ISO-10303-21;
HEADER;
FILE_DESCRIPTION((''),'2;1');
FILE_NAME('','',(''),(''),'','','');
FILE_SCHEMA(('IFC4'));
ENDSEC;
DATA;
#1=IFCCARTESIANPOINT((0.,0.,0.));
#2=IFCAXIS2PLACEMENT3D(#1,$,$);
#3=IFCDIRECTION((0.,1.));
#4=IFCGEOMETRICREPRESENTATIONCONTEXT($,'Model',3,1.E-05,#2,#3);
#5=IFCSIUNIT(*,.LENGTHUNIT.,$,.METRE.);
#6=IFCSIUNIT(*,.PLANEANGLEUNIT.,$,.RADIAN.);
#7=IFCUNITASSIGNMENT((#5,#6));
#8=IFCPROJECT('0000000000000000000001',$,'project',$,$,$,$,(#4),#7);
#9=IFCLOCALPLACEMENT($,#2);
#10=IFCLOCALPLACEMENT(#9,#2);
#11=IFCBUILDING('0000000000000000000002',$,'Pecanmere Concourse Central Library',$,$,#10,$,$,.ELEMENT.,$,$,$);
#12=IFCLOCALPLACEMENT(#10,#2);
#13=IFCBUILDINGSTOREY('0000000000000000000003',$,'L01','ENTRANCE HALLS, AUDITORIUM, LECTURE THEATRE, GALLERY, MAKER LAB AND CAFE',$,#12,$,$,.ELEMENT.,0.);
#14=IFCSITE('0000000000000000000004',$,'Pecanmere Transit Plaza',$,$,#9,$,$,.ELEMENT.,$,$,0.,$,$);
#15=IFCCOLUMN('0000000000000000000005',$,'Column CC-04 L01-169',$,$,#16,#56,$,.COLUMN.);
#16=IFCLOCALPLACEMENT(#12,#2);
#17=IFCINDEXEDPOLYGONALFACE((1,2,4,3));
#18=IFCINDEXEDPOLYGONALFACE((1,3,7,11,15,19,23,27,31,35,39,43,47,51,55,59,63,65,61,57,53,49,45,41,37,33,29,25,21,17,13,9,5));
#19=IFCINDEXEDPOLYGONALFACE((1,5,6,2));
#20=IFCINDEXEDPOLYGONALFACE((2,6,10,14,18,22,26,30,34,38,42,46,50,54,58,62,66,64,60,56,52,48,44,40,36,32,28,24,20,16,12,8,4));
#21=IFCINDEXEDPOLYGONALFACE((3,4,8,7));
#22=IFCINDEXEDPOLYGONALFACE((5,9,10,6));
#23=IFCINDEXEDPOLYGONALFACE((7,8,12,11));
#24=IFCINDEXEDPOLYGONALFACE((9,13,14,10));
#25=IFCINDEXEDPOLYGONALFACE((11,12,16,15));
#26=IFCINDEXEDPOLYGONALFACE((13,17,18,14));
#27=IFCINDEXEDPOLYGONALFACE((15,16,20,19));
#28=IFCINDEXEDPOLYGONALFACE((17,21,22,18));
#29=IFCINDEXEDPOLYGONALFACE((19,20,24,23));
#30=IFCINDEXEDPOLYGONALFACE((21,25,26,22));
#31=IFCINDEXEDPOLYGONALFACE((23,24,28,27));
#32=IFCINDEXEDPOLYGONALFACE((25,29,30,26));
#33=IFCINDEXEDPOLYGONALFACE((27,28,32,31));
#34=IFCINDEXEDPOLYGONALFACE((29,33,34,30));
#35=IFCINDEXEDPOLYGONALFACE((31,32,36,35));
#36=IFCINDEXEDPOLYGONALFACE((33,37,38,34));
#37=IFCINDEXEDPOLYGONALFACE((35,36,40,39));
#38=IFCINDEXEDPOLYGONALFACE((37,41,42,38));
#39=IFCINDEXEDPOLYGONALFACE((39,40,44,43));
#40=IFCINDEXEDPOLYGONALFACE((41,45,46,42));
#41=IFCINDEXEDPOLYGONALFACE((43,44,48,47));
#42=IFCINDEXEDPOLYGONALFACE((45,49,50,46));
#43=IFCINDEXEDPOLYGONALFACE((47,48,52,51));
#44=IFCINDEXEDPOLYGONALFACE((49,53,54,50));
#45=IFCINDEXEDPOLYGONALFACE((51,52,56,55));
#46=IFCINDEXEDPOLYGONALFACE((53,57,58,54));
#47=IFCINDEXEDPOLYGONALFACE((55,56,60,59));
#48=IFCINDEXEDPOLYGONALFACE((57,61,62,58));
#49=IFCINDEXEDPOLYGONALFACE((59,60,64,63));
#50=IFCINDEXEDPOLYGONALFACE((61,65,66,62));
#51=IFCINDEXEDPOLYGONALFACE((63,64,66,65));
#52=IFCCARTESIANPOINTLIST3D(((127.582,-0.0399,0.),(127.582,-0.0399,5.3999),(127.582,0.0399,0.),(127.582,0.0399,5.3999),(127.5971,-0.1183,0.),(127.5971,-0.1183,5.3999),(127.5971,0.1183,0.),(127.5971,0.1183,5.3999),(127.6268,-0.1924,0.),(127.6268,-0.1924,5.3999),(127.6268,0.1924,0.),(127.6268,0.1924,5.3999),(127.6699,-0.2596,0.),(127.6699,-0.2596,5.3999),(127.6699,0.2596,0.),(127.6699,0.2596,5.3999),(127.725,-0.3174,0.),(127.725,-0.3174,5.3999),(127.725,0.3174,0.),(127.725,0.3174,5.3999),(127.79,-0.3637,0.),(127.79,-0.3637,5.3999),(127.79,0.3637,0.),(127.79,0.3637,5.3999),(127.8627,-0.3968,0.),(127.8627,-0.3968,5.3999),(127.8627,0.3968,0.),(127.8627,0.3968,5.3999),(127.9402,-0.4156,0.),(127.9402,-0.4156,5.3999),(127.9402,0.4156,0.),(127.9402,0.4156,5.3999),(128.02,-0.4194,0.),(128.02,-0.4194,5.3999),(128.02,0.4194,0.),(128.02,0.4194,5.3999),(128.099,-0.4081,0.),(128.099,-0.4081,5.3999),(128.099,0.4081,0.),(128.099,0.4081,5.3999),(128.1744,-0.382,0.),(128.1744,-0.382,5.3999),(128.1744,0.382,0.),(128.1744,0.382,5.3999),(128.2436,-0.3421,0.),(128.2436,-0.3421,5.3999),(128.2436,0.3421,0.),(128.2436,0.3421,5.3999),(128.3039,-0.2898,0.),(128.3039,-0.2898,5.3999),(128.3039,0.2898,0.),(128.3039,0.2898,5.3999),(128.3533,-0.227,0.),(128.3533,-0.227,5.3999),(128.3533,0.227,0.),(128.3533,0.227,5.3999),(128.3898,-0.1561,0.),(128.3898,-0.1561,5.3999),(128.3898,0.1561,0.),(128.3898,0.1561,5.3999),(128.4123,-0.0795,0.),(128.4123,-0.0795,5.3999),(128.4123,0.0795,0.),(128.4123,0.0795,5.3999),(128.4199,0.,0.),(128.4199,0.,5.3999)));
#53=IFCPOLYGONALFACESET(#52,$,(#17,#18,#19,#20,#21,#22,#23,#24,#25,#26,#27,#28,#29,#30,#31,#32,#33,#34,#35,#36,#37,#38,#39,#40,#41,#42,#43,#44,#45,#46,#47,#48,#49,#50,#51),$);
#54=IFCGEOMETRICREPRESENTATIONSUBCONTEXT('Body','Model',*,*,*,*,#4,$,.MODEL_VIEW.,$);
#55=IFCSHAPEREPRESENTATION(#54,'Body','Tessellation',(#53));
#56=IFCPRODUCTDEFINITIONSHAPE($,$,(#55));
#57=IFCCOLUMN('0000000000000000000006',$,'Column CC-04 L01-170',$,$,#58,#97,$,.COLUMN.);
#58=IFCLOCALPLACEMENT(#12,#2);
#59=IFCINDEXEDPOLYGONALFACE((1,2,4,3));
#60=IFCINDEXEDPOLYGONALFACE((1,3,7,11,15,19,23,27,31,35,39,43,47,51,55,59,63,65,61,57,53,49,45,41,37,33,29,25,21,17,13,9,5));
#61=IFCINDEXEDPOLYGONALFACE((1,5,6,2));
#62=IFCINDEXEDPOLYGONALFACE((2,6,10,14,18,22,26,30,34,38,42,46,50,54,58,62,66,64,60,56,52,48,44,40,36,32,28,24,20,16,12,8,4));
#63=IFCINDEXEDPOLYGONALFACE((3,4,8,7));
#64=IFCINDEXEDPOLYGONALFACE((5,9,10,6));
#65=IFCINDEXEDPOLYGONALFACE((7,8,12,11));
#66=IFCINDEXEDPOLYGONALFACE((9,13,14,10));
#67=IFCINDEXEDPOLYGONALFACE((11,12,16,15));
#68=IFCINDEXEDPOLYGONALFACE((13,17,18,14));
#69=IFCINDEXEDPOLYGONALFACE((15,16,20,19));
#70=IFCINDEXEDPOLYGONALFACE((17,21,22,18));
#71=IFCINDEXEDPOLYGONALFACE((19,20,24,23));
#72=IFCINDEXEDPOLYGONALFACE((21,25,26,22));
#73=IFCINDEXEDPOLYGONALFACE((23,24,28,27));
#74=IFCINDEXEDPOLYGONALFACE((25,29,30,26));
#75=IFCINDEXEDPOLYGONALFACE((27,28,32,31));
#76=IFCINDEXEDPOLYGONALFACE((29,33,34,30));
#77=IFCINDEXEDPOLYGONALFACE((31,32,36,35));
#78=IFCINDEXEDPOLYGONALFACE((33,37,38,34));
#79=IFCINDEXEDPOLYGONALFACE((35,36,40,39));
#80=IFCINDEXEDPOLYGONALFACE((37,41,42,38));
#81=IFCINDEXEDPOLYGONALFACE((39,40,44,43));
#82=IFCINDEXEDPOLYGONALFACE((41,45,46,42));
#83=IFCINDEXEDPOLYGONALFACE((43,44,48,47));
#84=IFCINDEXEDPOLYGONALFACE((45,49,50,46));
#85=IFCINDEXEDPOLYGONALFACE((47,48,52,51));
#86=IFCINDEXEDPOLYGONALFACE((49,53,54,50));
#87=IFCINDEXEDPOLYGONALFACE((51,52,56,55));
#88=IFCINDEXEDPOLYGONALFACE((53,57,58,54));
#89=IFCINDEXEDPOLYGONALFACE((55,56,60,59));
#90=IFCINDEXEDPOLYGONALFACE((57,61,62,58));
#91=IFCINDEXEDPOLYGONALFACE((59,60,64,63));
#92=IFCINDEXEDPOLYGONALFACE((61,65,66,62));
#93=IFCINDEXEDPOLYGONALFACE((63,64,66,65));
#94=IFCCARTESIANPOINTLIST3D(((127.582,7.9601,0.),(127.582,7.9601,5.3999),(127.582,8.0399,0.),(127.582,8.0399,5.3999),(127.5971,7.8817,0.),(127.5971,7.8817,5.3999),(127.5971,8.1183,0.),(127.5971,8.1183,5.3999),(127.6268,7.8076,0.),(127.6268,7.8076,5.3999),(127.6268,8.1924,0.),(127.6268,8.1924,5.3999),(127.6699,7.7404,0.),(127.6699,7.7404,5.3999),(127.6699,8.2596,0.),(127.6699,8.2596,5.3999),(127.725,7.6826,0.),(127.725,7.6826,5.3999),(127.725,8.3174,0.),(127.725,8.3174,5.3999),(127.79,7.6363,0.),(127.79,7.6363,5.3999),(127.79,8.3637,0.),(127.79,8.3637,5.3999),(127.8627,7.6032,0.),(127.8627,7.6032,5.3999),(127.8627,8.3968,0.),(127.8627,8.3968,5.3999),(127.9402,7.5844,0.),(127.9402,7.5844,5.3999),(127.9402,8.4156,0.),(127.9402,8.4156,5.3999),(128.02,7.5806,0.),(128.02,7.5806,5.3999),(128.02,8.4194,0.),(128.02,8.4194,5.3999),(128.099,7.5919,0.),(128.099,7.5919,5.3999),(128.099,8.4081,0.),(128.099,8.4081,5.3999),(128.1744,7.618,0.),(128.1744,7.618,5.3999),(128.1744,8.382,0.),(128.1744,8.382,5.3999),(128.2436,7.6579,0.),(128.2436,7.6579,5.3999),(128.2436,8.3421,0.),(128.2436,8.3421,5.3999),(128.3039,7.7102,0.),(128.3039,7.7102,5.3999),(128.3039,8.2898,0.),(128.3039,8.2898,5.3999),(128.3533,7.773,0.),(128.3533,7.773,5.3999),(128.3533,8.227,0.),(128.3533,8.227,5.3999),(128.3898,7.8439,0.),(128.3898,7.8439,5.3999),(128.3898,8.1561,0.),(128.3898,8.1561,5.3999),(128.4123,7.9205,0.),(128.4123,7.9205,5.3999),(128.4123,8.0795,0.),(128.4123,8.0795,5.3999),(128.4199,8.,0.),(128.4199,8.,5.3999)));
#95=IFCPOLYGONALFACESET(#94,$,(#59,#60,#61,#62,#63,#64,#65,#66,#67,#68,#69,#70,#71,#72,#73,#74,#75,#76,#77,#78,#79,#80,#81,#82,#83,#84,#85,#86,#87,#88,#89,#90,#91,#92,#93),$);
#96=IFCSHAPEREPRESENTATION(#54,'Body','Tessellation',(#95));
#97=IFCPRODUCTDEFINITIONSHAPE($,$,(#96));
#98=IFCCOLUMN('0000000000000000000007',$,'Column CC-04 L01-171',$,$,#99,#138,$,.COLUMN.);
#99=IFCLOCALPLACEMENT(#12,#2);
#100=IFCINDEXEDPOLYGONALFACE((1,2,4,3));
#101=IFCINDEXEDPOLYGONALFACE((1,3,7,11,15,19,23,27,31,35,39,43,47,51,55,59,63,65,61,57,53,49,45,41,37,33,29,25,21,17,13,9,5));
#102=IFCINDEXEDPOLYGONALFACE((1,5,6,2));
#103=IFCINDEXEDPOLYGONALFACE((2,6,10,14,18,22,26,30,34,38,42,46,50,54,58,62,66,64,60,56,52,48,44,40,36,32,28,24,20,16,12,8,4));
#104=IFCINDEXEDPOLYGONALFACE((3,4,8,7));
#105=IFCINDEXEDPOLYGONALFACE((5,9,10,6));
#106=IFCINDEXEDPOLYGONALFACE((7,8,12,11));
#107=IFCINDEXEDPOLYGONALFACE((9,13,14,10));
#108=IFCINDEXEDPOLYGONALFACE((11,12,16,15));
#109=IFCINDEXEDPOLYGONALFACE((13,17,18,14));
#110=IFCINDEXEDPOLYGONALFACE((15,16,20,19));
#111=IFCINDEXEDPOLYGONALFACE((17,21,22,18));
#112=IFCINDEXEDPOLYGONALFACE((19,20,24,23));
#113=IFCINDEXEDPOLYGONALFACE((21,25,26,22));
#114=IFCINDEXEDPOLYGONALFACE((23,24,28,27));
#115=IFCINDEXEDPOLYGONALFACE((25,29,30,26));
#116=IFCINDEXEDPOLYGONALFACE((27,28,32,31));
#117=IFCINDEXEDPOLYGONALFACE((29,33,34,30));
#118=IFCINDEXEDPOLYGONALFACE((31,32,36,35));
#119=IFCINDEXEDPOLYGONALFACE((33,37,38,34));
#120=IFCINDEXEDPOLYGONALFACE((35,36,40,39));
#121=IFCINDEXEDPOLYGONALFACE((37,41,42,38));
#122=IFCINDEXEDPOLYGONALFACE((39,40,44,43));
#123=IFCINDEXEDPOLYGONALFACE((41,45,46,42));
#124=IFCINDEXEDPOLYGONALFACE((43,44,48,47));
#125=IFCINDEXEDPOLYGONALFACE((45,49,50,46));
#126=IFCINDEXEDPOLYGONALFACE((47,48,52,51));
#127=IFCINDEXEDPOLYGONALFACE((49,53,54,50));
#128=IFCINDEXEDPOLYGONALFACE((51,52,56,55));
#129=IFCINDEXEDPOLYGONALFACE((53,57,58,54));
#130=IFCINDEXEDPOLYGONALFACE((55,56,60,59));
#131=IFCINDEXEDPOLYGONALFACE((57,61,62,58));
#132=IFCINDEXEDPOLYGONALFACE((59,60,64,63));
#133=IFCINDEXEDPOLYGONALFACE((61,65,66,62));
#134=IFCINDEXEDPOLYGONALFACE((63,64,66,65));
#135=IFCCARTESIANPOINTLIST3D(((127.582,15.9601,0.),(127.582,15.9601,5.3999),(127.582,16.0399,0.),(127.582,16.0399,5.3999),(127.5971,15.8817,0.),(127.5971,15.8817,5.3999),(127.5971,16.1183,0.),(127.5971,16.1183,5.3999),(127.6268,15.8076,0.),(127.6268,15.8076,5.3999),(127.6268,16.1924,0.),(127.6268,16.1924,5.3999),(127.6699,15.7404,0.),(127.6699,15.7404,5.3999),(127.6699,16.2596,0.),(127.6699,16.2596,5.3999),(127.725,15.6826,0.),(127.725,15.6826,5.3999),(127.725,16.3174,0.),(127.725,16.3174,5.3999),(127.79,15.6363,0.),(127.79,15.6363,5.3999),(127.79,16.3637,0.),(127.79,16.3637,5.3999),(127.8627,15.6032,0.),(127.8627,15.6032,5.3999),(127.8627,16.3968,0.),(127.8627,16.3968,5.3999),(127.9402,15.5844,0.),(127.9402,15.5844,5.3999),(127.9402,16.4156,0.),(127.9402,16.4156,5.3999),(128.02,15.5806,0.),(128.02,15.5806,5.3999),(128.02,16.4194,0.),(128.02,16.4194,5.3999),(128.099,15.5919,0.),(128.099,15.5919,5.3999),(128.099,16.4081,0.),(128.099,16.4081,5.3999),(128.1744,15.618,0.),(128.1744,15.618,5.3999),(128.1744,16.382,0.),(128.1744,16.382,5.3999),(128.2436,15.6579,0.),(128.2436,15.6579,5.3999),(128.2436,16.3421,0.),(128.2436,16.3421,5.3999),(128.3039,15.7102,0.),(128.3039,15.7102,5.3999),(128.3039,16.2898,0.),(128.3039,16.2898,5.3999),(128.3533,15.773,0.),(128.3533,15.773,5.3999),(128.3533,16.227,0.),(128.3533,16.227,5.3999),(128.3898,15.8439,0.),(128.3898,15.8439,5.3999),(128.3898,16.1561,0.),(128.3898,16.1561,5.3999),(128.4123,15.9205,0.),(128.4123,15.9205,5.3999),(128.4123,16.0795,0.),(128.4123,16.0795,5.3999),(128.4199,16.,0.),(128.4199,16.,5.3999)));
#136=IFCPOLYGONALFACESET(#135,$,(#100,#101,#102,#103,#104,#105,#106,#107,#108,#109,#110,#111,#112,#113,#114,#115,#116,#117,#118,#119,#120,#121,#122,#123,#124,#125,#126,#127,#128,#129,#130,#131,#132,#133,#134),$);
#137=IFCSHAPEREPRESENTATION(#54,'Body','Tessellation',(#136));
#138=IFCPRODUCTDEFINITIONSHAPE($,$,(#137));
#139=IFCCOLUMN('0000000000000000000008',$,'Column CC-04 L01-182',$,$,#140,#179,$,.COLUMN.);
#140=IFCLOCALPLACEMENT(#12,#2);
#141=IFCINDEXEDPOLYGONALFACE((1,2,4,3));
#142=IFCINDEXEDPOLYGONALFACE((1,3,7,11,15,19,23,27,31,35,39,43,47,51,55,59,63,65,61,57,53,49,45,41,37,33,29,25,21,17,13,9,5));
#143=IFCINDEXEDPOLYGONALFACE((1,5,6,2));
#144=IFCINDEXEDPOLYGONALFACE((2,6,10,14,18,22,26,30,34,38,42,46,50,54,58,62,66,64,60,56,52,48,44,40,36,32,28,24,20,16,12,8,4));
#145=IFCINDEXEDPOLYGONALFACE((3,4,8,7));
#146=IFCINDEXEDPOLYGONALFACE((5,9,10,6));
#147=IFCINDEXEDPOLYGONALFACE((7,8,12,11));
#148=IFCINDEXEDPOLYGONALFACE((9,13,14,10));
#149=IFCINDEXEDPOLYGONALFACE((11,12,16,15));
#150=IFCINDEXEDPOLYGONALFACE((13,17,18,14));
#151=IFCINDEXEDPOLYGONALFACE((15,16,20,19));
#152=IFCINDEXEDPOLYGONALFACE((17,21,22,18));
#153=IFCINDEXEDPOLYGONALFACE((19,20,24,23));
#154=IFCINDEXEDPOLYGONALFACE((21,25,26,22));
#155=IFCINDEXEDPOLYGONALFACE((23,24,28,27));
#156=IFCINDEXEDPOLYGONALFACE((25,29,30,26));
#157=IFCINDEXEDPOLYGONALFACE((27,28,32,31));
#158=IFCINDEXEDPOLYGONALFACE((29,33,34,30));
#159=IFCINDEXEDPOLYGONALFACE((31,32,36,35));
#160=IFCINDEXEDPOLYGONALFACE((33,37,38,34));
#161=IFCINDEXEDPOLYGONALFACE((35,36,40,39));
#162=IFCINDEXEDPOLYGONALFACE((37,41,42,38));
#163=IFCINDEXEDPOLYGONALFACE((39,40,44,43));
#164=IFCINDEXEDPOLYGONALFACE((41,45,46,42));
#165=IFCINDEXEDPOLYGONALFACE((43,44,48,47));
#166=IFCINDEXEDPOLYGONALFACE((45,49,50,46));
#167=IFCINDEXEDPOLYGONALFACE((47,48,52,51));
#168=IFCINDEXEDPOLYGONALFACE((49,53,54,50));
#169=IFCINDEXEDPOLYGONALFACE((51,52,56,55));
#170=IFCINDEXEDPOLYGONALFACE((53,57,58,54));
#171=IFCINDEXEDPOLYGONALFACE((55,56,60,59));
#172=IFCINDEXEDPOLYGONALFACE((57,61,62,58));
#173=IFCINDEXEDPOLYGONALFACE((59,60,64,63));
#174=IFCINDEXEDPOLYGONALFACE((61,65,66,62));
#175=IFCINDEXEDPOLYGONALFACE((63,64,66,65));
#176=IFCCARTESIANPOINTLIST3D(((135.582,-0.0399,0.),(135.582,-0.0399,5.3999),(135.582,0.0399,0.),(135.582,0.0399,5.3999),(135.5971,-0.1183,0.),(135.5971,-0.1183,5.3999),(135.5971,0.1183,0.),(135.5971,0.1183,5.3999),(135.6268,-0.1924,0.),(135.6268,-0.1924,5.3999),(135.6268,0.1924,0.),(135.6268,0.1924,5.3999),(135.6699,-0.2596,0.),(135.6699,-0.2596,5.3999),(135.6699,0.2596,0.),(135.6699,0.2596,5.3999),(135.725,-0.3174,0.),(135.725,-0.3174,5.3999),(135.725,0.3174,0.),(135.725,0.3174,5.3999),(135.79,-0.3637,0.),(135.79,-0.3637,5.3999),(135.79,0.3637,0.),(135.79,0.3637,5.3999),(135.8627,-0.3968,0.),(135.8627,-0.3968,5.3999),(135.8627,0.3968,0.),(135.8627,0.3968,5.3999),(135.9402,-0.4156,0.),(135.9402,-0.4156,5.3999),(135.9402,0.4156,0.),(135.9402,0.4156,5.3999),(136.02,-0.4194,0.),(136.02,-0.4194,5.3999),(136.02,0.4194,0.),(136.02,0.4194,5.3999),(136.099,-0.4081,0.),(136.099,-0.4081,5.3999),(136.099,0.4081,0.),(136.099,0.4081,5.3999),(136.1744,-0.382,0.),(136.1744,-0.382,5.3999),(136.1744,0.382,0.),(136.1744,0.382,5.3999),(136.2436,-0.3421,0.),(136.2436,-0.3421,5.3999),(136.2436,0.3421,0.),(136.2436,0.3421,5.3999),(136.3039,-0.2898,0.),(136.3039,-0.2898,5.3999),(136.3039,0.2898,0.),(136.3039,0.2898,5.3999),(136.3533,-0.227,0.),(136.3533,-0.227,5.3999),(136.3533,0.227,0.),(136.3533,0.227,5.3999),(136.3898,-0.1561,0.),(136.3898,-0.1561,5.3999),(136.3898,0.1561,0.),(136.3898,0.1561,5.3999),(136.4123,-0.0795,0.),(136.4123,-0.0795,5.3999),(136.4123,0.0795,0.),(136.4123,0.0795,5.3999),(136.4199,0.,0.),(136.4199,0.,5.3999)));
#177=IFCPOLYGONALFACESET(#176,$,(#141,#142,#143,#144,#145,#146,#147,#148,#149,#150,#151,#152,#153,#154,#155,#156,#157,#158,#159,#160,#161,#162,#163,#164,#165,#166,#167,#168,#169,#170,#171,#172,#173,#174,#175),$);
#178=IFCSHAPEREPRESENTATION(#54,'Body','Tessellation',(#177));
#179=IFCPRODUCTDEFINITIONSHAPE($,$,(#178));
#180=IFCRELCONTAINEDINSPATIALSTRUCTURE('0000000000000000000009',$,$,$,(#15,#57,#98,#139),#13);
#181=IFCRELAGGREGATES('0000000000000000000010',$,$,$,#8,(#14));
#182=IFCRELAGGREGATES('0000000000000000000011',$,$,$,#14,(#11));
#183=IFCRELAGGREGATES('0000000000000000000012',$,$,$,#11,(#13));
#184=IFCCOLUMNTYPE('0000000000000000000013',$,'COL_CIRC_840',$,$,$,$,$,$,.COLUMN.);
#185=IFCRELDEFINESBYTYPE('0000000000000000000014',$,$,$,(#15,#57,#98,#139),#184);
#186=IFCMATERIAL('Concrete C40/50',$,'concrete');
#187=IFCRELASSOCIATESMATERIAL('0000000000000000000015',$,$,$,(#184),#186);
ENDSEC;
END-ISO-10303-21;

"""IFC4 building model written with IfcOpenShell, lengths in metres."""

from ifc_helpers import new_model, si_unit, direction, frame, origin, origin_2d, place, context, subcontext, project, spatial, circle, extrude, material, material_profile, profile_set, type_object, element, save


model = new_model("IFC4")

# Units and contexts
model_context = context("Model", 3, precision=1e-05, world=origin(), true_north=direction((0.0, 1.0)))
body_context = subcontext(model_context, "Body", "Model", "MODEL_VIEW")
ifc_project = project(units=[si_unit("LENGTHUNIT", "METRE"), si_unit("PLANEANGLEUNIT", "RADIAN")], contexts=[model_context])

# Site, building, storey
site_placement = place(None, origin())
site = spatial("IfcSite", under=ifc_project, at=site_placement, Name="Pecanmere Transit Plaza", CompositionType="ELEMENT", RefElevation=0.0)
building_placement = place(site_placement, origin())
building = spatial("IfcBuilding", under=site, at=building_placement, Name="Pecanmere Concourse Central Library", CompositionType="ELEMENT")
storey_placement = place(building_placement, origin())
storey = spatial("IfcBuildingStorey", under=building, at=storey_placement, Name="L01", Description="ENTRANCE HALLS, AUDITORIUM, LECTURE THEATRE, GALLERY, MAKER LAB AND CAFE", CompositionType="ELEMENT", Elevation=0.0)

# Columns
ifc_material_1 = material(Name="Concrete C40/50", Category="concrete")
ifc_material_profile = material_profile(ifc_material_1, circle(Radius=0.4199, at=origin_2d()), Name="RC D840")
ifc_profile_set = profile_set([ifc_material_profile], Name="Concrete C40/50")
column_type = type_object("IfcColumnType", Name="COL_CIRC_840", PredefinedType="COLUMN", material=ifc_profile_set)
for number, where, z_axis, x_axis, name in (
    (1, (128.0, 0.0, 0.0), (0.0, 0.0, 1.0), (1.0, 0.0, 0.0), "Column CC-04 L01-169"),
    (2, (128.0, 8.0, 0.0), (0.0, 0.0, 1.0), (1.0, 0.0, 0.0), "Column CC-04 L01-170"),
    (3, (128.0, 16.0, 0.0), (0.0, 0.0, 1.0), (1.0, 0.0, 0.0), "Column CC-04 L01-171"),
    (4, (136.0, 0.0, 0.0), (0.0, 0.0, 1.0), (1.0, 0.0, 0.0), "Column CC-04 L01-182"),
):
    element("IfcColumn", number, at=place(storey_placement, frame(where, z_axis=z_axis, x_axis=x_axis)), inside=storey, type_object=column_type, Name=name, PredefinedType="COLUMN", context=body_context, shape_type="SweptSolid", body=[
        extrude(circle(Radius=0.4199, at=origin_2d()), origin(), (0.0, 0.0, 1.0), 5.3999),
    ])

save(model, "model.ifc")
